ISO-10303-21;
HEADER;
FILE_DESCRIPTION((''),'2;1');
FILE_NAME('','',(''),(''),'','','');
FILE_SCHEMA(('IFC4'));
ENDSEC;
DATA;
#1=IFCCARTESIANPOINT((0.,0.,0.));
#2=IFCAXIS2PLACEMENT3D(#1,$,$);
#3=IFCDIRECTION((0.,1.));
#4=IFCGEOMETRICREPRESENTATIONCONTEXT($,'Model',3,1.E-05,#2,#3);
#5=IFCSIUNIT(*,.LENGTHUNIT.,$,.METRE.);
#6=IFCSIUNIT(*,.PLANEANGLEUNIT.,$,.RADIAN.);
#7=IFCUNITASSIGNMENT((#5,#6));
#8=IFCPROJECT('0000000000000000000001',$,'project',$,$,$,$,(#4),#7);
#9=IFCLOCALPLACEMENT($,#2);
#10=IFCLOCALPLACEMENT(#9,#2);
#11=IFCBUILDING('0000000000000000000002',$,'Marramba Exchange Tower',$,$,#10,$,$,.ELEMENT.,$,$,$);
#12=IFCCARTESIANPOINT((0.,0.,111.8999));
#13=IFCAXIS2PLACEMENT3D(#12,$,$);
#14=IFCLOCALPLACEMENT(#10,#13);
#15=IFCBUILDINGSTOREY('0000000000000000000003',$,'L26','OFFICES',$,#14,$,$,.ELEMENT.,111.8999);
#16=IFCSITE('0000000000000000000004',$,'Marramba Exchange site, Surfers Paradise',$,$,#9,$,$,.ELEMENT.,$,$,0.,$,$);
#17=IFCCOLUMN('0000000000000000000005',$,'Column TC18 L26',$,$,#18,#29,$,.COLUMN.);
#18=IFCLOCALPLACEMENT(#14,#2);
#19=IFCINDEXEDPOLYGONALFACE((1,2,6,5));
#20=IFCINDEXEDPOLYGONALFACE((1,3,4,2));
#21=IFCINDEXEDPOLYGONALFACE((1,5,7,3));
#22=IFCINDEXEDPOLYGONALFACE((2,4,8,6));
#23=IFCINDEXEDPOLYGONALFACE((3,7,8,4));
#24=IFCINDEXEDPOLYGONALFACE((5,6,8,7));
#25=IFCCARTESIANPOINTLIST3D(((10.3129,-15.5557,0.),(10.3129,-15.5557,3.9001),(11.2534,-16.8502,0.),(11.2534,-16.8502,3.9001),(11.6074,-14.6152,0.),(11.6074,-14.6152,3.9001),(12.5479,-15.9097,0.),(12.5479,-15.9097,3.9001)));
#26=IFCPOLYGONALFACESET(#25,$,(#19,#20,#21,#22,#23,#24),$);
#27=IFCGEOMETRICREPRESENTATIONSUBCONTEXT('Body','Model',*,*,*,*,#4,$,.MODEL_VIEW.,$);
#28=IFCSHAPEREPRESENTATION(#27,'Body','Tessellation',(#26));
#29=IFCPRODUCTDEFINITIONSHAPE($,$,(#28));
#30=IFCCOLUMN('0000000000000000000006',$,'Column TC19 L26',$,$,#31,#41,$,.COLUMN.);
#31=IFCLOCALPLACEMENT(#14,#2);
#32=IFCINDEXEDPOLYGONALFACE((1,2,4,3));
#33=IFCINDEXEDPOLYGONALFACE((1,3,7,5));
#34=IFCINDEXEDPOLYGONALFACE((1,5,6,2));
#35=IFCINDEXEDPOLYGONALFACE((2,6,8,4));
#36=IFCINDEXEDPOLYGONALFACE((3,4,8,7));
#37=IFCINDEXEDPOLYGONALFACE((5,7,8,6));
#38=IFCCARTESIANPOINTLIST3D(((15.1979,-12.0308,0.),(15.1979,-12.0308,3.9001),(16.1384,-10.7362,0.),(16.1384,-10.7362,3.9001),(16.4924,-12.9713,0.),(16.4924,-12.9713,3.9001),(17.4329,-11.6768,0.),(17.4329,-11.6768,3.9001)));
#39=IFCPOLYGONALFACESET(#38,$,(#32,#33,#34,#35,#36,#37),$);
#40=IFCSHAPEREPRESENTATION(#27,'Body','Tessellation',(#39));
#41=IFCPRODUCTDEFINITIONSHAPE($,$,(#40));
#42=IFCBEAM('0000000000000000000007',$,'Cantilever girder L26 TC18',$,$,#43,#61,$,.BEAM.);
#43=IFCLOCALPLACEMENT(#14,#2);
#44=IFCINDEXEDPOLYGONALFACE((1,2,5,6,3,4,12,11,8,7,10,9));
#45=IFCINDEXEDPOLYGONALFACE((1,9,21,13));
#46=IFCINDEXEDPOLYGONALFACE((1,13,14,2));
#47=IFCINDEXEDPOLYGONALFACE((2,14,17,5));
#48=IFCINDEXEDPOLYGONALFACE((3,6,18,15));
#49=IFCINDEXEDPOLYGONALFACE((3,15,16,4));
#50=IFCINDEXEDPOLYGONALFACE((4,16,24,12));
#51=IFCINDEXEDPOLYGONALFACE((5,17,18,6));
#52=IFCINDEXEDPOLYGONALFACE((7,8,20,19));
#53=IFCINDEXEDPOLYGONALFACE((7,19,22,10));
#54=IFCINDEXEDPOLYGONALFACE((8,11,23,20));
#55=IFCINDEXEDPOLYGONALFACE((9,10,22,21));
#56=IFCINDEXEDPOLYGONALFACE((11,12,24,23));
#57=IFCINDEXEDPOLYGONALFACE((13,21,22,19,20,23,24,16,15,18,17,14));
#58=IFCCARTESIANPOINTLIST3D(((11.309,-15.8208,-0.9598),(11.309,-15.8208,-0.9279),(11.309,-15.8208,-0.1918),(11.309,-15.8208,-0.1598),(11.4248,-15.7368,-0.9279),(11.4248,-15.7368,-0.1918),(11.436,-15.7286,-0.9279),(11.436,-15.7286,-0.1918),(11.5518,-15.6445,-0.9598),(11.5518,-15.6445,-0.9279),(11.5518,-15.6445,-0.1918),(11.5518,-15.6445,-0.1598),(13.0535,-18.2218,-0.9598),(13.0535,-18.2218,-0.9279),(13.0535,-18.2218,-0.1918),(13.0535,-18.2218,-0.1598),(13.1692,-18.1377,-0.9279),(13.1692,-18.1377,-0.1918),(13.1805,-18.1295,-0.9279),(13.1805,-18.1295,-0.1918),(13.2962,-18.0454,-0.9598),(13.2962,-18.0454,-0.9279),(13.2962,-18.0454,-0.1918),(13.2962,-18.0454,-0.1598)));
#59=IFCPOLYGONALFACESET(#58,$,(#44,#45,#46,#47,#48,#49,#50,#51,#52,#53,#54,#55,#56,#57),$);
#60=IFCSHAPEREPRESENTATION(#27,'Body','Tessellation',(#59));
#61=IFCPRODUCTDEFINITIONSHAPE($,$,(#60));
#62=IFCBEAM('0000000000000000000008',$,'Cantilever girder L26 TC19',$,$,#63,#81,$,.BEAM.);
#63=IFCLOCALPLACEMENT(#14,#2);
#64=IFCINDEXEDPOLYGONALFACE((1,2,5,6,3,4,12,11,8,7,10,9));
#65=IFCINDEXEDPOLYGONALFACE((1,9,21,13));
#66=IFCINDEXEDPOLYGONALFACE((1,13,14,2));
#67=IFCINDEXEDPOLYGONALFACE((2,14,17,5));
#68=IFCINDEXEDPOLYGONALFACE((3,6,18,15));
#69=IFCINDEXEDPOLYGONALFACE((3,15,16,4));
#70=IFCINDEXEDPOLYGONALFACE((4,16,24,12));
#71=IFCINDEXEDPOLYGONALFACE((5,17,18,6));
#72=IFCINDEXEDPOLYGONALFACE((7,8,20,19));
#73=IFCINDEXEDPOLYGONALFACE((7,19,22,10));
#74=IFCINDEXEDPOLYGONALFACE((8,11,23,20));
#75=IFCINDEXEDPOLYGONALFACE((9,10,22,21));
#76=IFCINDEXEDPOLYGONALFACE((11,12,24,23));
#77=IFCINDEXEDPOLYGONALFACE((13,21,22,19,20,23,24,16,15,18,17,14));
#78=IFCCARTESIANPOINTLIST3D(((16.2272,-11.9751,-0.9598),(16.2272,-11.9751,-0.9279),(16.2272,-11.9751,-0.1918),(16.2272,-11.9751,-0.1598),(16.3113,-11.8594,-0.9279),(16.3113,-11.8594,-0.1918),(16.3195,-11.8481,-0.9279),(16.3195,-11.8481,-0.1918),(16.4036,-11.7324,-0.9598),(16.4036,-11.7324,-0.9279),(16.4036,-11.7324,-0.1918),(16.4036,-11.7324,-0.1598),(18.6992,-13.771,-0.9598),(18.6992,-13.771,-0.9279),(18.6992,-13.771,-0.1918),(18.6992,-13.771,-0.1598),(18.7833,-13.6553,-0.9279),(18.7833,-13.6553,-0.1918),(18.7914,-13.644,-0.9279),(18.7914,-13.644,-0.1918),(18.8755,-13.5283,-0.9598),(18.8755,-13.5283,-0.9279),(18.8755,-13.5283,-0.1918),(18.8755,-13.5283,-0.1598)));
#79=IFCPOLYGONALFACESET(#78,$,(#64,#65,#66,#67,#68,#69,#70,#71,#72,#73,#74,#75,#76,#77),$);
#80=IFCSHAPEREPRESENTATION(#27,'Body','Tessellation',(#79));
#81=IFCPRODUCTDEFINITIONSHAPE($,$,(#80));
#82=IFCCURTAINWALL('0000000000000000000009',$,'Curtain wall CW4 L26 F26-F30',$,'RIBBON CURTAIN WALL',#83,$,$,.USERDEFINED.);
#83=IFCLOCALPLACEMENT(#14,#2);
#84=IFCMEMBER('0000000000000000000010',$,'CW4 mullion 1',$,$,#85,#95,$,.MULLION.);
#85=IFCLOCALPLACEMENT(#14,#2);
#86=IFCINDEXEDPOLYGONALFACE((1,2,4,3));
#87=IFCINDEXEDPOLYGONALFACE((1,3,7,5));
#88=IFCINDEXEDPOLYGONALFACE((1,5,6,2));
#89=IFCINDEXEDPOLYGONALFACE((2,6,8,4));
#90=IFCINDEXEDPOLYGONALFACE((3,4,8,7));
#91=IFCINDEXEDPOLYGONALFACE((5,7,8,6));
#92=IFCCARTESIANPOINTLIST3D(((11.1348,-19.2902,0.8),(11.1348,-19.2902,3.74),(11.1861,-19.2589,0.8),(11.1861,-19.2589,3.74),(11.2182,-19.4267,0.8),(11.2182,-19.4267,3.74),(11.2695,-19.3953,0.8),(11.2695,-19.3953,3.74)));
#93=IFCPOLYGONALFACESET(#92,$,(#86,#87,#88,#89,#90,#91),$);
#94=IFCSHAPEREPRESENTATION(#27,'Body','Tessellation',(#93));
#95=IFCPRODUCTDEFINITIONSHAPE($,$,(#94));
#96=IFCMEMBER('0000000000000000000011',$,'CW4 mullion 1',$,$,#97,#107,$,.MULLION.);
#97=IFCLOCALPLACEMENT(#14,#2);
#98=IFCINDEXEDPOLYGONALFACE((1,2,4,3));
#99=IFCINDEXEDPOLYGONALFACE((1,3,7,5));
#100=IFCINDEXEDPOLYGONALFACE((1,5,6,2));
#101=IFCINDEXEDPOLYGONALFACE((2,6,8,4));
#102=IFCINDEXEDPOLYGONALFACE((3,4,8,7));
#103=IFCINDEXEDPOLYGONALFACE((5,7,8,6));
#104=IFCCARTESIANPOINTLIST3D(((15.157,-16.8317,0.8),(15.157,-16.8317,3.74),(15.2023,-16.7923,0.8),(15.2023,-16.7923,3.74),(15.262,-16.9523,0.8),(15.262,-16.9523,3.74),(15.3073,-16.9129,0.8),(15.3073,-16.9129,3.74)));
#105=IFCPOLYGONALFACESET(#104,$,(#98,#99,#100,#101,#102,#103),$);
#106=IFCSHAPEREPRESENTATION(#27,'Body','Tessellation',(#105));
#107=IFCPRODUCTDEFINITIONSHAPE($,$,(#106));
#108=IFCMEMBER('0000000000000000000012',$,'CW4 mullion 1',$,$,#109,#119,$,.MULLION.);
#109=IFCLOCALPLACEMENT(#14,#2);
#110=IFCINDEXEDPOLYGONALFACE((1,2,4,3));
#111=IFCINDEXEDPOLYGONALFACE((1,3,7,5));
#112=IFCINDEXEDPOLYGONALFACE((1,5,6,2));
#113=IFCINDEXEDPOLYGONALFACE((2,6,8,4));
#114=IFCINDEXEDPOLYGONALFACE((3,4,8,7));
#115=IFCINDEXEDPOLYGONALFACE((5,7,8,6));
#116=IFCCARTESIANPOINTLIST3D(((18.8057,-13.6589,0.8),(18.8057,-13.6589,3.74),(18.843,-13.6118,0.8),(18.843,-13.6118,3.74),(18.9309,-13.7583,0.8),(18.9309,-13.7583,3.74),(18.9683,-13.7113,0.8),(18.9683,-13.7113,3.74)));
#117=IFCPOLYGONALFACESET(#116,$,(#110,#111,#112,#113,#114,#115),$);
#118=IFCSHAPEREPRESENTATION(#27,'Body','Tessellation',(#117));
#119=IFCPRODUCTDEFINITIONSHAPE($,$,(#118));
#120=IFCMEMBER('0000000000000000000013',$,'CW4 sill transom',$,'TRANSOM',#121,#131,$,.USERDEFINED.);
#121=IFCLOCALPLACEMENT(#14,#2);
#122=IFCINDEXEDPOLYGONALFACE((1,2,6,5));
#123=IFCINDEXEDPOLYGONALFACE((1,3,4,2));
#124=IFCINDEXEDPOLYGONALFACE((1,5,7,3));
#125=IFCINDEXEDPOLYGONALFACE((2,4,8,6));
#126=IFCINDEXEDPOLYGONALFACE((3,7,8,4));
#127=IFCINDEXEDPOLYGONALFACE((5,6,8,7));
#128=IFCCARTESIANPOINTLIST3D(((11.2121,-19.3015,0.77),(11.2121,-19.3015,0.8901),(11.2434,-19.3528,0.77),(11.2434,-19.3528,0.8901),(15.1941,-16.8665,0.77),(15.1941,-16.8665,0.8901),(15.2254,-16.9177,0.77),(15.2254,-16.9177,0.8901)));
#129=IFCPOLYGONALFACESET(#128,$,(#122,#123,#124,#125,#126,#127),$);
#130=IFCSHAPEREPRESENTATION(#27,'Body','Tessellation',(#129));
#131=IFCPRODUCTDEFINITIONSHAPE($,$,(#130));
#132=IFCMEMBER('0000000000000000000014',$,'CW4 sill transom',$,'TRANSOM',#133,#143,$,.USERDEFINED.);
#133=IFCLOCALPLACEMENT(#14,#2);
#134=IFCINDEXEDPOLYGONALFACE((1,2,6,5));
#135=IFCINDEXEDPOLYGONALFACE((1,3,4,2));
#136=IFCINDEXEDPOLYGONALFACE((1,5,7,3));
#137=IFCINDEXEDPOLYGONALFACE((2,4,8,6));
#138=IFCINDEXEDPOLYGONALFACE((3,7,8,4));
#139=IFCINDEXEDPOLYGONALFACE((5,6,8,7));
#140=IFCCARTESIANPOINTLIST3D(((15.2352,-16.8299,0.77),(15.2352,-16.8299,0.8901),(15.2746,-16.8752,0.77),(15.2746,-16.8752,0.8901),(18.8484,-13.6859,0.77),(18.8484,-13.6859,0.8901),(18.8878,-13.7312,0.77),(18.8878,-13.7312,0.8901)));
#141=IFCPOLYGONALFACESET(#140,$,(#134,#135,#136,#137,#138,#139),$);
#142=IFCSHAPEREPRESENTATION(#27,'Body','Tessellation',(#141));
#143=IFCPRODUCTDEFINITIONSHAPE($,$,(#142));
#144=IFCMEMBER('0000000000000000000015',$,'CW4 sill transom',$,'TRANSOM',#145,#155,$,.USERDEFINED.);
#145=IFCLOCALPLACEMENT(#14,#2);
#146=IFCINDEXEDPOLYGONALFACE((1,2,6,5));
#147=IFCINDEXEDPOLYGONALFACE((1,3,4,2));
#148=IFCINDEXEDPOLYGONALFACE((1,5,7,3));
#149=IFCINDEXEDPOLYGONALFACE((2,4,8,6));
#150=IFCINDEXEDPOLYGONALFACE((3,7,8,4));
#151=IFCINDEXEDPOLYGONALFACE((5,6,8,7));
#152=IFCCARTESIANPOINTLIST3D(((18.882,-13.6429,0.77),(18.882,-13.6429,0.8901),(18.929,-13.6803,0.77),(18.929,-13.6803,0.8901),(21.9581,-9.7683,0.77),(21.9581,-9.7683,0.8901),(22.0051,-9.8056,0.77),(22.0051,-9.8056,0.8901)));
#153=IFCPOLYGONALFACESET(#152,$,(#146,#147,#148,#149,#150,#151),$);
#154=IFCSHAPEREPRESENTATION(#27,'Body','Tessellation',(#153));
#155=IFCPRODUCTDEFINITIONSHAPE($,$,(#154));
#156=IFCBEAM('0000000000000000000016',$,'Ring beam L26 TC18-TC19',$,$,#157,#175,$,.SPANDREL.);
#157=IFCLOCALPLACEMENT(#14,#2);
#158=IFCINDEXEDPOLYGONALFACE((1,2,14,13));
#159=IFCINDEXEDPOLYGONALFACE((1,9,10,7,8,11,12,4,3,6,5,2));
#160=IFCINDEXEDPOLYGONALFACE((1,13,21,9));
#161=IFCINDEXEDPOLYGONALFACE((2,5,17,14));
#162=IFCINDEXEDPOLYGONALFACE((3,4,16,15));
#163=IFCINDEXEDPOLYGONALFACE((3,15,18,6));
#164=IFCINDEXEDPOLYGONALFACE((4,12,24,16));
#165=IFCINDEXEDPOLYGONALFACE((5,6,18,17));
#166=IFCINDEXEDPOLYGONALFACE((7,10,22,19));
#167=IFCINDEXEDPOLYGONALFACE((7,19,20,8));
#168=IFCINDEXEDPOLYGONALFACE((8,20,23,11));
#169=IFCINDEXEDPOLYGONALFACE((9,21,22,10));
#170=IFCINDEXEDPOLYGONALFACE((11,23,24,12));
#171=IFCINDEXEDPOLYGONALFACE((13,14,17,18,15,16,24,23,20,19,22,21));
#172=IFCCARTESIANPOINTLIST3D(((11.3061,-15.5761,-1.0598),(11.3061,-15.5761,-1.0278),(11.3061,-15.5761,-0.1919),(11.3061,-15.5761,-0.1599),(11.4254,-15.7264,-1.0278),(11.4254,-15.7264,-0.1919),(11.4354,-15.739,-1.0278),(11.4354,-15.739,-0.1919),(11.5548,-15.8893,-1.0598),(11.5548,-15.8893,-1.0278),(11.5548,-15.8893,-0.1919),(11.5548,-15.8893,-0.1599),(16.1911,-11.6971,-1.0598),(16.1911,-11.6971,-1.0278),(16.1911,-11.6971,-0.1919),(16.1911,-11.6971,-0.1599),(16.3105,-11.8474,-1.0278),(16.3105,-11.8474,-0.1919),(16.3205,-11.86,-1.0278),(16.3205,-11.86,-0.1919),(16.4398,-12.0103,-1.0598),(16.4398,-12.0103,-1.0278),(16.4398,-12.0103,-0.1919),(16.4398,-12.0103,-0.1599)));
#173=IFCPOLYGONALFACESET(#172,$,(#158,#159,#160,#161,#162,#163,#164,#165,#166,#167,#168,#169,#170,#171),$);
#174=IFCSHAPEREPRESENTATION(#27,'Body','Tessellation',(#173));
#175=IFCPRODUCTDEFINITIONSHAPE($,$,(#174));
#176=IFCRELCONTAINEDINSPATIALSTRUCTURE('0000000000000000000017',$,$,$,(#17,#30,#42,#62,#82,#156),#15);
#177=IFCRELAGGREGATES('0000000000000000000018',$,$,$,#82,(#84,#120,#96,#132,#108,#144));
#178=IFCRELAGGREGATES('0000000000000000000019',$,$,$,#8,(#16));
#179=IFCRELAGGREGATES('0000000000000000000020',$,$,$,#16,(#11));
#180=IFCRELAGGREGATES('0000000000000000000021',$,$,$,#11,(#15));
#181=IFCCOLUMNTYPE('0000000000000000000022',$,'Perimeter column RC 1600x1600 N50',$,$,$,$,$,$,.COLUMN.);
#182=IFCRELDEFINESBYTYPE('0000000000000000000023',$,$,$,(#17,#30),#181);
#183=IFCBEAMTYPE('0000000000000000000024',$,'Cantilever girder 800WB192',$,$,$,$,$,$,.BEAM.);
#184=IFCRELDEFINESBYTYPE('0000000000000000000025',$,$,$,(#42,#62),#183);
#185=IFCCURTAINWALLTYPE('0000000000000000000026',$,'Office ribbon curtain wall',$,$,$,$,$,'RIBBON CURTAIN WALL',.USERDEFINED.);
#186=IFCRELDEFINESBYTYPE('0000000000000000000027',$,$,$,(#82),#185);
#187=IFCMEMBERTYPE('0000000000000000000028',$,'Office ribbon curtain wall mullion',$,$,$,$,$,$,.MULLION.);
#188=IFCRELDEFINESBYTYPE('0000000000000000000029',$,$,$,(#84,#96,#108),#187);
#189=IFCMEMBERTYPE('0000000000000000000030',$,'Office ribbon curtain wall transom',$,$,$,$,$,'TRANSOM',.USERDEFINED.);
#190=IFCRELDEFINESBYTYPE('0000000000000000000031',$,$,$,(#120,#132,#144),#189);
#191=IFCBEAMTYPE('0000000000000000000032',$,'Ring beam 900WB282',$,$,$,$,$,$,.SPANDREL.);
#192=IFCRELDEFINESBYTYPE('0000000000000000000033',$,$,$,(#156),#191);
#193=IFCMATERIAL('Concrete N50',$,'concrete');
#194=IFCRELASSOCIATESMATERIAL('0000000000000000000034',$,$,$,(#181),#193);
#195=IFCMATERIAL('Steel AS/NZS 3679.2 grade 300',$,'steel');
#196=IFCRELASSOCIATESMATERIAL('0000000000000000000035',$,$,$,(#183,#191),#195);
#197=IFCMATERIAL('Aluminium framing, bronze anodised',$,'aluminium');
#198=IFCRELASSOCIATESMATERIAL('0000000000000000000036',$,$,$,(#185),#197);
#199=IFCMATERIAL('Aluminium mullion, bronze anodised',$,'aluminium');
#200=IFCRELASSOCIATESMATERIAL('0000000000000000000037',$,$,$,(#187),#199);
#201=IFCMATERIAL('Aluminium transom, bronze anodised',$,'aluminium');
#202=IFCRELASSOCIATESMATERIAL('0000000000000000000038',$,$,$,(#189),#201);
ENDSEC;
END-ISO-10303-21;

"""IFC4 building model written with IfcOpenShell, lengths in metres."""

from ifc_helpers import new_model, si_unit, direction, frame, origin, origin_2d, place, context, subcontext, project, spatial, rectangle, i_section, extrude, material, material_profile, profile_set, type_object, element, aggregate, save


model = new_model("IFC4")

# Units and contexts
model_context = context("Model", 3, precision=1e-05, world=origin(), true_north=direction((0.0, 1.0)))
body_context = subcontext(model_context, "Body", "Model", "MODEL_VIEW")
ifc_project = project(units=[si_unit("LENGTHUNIT", "METRE"), si_unit("PLANEANGLEUNIT", "RADIAN")], contexts=[model_context])

# Site, building, storey
site_placement = place(None, origin())
site = spatial("IfcSite", under=ifc_project, at=site_placement, Name="Marramba Exchange site, Surfers Paradise", CompositionType="ELEMENT", RefElevation=0.0)
building_placement = place(site_placement, origin())
building = spatial("IfcBuilding", under=site, at=building_placement, Name="Marramba Exchange Tower", CompositionType="ELEMENT")
storey_placement = place(building_placement, frame((0.0, 0.0, 111.8999)))
storey = spatial("IfcBuildingStorey", under=building, at=storey_placement, Name="L26", Description="OFFICES", CompositionType="ELEMENT", Elevation=111.8999)

# Columns
ifc_material_1 = material(Name="Concrete N50", Category="concrete")
ifc_material_profile_1 = material_profile(ifc_material_1, rectangle(XDim=1.6001, YDim=1.6001, at=origin_2d()), Name="RC 1600x1600")
ifc_profile_set_1 = profile_set([ifc_material_profile_1], Name="Concrete N50")
column_type = type_object("IfcColumnType", Name="Perimeter column RC 1600x1600 N50", PredefinedType="COLUMN", material=ifc_profile_set_1)
for number, where, z_axis, x_axis, name in (
    (1, (11.4304, -15.7327, 0.0), (0.0, 0.0, 1.0), (0.587785, -0.809017, 0.0), "Column TC18 L26"),
    (2, (16.3154, -11.8538, 0.0), (0.0, 0.0, 1.0), (0.809017, -0.587785, 0.0), "Column TC19 L26"),
):
    element("IfcColumn", number, at=place(storey_placement, frame(where, z_axis=z_axis, x_axis=x_axis)), inside=storey, type_object=column_type, Name=name, PredefinedType="COLUMN", context=body_context, shape_type="SweptSolid", body=[
        extrude(rectangle(XDim=1.6001, YDim=1.6001, at=origin_2d()), origin(), (0.0, 0.0, 1.0), 3.9001),
    ])

# Beams
ifc_material_2 = material(Name="Steel AS/NZS 3679.2 grade 300", Category="steel")
ifc_material_profile_2 = material_profile(ifc_material_2, i_section(OverallWidth=0.3, OverallDepth=0.8, WebThickness=0.0139, FlangeThickness=0.032, at=origin_2d()), Name="800WB192")
ifc_profile_set_2 = profile_set([ifc_material_profile_2], Name="Steel AS/NZS 3679.2 grade 300")
beam_type_1 = type_object("IfcBeamType", Name="Cantilever girder 800WB192", PredefinedType="BEAM", material=ifc_profile_set_2)
beam_1_placement = place(storey_placement, frame((11.4304, -15.7327, -0.5598), z_axis=(0.587795, -0.80901, 0.0), x_axis=(0.80901, 0.587795, 0.0)))
element("IfcBeam", 3, at=beam_1_placement, inside=storey, type_object=beam_type_1, Name="Cantilever girder L26 TC18", PredefinedType="BEAM", context=body_context, shape_type="SweptSolid", body=[
    extrude(i_section(OverallWidth=0.3, OverallDepth=0.8, WebThickness=0.0139, FlangeThickness=0.032, at=origin_2d()), origin(), (0.0, 0.0, 1.0), 2.9678),
])
beam_2_placement = place(storey_placement, frame((16.3154, -11.8538, -0.5598), z_axis=(0.809026, -0.587773, 0.0), x_axis=(0.587773, 0.809026, 0.0)))
element("IfcBeam", 4, at=beam_2_placement, inside=storey, type_object=beam_type_1, Name="Cantilever girder L26 TC19", PredefinedType="BEAM", context=body_context, shape_type="SweptSolid", body=[
    extrude(i_section(OverallWidth=0.3, OverallDepth=0.8, WebThickness=0.0139, FlangeThickness=0.032, at=origin_2d()), origin(), (0.0, 0.0, 1.0), 3.0554),
])

# Curtain wall, members
ifc_material_3 = material(Name="Aluminium framing, bronze anodised", Category="aluminium")
curtain_wall_type = type_object("IfcCurtainWallType", Name="Office ribbon curtain wall", ElementType="RIBBON CURTAIN WALL", PredefinedType="USERDEFINED", material=ifc_material_3)
curtain_wall_placement = place(storey_placement, origin())
curtain_wall = element("IfcCurtainWall", 5, at=curtain_wall_placement, inside=storey, type_object=curtain_wall_type, Name="Curtain wall CW4 L26 F26-F30", ObjectType="RIBBON CURTAIN WALL", PredefinedType="USERDEFINED")
ifc_material_4 = material(Name="Aluminium mullion, bronze anodised", Category="aluminium")
ifc_material_profile_3 = material_profile(ifc_material_4, rectangle(XDim=0.1599, YDim=0.0601, at=origin_2d()), Name="CW4 mullion 60x160")
ifc_profile_set_3 = profile_set([ifc_material_profile_3], Name="Aluminium mullion, bronze anodised")
member_type_1 = type_object("IfcMemberType", Name="Office ribbon curtain wall mullion", PredefinedType="MULLION", material=ifc_profile_set_3)
member_1_placement = place(storey_placement, frame((11.2021, -19.3428, 0.8), z_axis=(0.0, 0.0, 1.0), x_axis=(-0.521733, 0.853109, 0.0)))
member_1 = element("IfcMember", 6, at=member_1_placement, type_object=member_type_1, Name="CW4 mullion 1", PredefinedType="MULLION", context=body_context, shape_type="SweptSolid", body=[
    extrude(rectangle(XDim=0.1599, YDim=0.0601, at=origin_2d()), origin(), (0.0, 0.0, 1.0), 2.9399),
])
member_2_placement = place(storey_placement, frame((15.2322, -16.8723, 0.8), z_axis=(0.0, 0.0, 1.0), x_axis=(-0.656432, 0.754386, 0.0)))
member_2 = element("IfcMember", 7, at=member_2_placement, type_object=member_type_1, Name="CW4 mullion 1", PredefinedType="MULLION", context=body_context, shape_type="SweptSolid", body=[
    extrude(rectangle(XDim=0.1599, YDim=0.0601, at=origin_2d()), origin(), (0.0, 0.0, 1.0), 2.9399),
])
member_3_placement = place(storey_placement, frame((18.887, -13.6851, 0.8), z_axis=(0.0, 0.0, 1.0), x_axis=(-0.78317, 0.621807, 0.0)))
member_3 = element("IfcMember", 8, at=member_3_placement, type_object=member_type_1, Name="CW4 mullion 1", PredefinedType="MULLION", context=body_context, shape_type="SweptSolid", body=[
    extrude(rectangle(XDim=0.1599, YDim=0.0601, at=origin_2d()), origin(), (0.0, 0.0, 1.0), 2.9399),
])
ifc_material_5 = material(Name="Aluminium transom, bronze anodised", Category="aluminium")
ifc_material_profile_4 = material_profile(ifc_material_5, rectangle(XDim=0.0601, YDim=0.1201, at=origin_2d()), Name="CW4 transom 60x120")
ifc_profile_set_4 = profile_set([ifc_material_profile_4], Name="Aluminium transom, bronze anodised")
member_type_2 = type_object("IfcMemberType", Name="Office ribbon curtain wall transom", ElementType="TRANSOM", PredefinedType="USERDEFINED", material=ifc_profile_set_4)
member_4_placement = place(storey_placement, frame((11.2278, -19.3271, 0.8301), z_axis=(0.853124, 0.521708, 0.0), x_axis=(-0.521708, 0.853124, 0.0)))
member_4 = element("IfcMember", 9, at=member_4_placement, type_object=member_type_2, Name="CW4 sill transom", ObjectType="TRANSOM", PredefinedType="USERDEFINED", context=body_context, shape_type="SweptSolid", body=[
    extrude(rectangle(XDim=0.0601, YDim=0.1201, at=origin_2d()), origin(), (0.0, 0.0, 1.0), 4.6675),
])
member_5_placement = place(storey_placement, frame((15.2549, -16.8525, 0.8301), z_axis=(0.754393, 0.656424, 0.0), x_axis=(-0.656424, 0.754393, 0.0)))
member_5 = element("IfcMember", 10, at=member_5_placement, type_object=member_type_2, Name="CW4 sill transom", ObjectType="TRANSOM", PredefinedType="USERDEFINED", context=body_context, shape_type="SweptSolid", body=[
    extrude(rectangle(XDim=0.0601, YDim=0.1201, at=origin_2d()), origin(), (0.0, 0.0, 1.0), 4.7896),
])
member_6_placement = place(storey_placement, frame((18.9055, -13.6616, 0.8301), z_axis=(0.621778, 0.783194, 0.0), x_axis=(-0.783194, 0.621778, 0.0)))
member_6 = element("IfcMember", 11, at=member_6_placement, type_object=member_type_2, Name="CW4 sill transom", ObjectType="TRANSOM", PredefinedType="USERDEFINED", context=body_context, shape_type="SweptSolid", body=[
    extrude(rectangle(XDim=0.0601, YDim=0.1201, at=origin_2d()), origin(), (0.0, 0.0, 1.0), 4.9473),
])

# Beam
ifc_material_profile_5 = material_profile(ifc_material_2, i_section(OverallWidth=0.3999, OverallDepth=0.8999, WebThickness=0.0161, FlangeThickness=0.032, at=origin_2d()), Name="900WB282")
ifc_profile_set_5 = profile_set([ifc_material_profile_5], Name="Steel AS/NZS 3679.2 grade 300")
beam_type_2 = type_object("IfcBeamType", Name="Ring beam 900WB282", PredefinedType="SPANDREL", material=ifc_profile_set_5)
beam_3_placement = place(storey_placement, frame((11.4304, -15.7327, -0.6099), z_axis=(0.783139, 0.621846, 0.0), x_axis=(-0.621846, 0.783139, 0.0)))
element("IfcBeam", 12, at=beam_3_placement, inside=storey, type_object=beam_type_2, Name="Ring beam L26 TC18-TC19", PredefinedType="SPANDREL", context=body_context, shape_type="SweptSolid", body=[
    extrude(i_section(OverallWidth=0.3999, OverallDepth=0.8999, WebThickness=0.0161, FlangeThickness=0.032, at=origin_2d()), origin(), (0.0, 0.0, 1.0), 6.2378),
])

aggregate(curtain_wall, [member_1, member_4, member_2, member_5, member_3, member_6])

save(model, "model.ifc")
